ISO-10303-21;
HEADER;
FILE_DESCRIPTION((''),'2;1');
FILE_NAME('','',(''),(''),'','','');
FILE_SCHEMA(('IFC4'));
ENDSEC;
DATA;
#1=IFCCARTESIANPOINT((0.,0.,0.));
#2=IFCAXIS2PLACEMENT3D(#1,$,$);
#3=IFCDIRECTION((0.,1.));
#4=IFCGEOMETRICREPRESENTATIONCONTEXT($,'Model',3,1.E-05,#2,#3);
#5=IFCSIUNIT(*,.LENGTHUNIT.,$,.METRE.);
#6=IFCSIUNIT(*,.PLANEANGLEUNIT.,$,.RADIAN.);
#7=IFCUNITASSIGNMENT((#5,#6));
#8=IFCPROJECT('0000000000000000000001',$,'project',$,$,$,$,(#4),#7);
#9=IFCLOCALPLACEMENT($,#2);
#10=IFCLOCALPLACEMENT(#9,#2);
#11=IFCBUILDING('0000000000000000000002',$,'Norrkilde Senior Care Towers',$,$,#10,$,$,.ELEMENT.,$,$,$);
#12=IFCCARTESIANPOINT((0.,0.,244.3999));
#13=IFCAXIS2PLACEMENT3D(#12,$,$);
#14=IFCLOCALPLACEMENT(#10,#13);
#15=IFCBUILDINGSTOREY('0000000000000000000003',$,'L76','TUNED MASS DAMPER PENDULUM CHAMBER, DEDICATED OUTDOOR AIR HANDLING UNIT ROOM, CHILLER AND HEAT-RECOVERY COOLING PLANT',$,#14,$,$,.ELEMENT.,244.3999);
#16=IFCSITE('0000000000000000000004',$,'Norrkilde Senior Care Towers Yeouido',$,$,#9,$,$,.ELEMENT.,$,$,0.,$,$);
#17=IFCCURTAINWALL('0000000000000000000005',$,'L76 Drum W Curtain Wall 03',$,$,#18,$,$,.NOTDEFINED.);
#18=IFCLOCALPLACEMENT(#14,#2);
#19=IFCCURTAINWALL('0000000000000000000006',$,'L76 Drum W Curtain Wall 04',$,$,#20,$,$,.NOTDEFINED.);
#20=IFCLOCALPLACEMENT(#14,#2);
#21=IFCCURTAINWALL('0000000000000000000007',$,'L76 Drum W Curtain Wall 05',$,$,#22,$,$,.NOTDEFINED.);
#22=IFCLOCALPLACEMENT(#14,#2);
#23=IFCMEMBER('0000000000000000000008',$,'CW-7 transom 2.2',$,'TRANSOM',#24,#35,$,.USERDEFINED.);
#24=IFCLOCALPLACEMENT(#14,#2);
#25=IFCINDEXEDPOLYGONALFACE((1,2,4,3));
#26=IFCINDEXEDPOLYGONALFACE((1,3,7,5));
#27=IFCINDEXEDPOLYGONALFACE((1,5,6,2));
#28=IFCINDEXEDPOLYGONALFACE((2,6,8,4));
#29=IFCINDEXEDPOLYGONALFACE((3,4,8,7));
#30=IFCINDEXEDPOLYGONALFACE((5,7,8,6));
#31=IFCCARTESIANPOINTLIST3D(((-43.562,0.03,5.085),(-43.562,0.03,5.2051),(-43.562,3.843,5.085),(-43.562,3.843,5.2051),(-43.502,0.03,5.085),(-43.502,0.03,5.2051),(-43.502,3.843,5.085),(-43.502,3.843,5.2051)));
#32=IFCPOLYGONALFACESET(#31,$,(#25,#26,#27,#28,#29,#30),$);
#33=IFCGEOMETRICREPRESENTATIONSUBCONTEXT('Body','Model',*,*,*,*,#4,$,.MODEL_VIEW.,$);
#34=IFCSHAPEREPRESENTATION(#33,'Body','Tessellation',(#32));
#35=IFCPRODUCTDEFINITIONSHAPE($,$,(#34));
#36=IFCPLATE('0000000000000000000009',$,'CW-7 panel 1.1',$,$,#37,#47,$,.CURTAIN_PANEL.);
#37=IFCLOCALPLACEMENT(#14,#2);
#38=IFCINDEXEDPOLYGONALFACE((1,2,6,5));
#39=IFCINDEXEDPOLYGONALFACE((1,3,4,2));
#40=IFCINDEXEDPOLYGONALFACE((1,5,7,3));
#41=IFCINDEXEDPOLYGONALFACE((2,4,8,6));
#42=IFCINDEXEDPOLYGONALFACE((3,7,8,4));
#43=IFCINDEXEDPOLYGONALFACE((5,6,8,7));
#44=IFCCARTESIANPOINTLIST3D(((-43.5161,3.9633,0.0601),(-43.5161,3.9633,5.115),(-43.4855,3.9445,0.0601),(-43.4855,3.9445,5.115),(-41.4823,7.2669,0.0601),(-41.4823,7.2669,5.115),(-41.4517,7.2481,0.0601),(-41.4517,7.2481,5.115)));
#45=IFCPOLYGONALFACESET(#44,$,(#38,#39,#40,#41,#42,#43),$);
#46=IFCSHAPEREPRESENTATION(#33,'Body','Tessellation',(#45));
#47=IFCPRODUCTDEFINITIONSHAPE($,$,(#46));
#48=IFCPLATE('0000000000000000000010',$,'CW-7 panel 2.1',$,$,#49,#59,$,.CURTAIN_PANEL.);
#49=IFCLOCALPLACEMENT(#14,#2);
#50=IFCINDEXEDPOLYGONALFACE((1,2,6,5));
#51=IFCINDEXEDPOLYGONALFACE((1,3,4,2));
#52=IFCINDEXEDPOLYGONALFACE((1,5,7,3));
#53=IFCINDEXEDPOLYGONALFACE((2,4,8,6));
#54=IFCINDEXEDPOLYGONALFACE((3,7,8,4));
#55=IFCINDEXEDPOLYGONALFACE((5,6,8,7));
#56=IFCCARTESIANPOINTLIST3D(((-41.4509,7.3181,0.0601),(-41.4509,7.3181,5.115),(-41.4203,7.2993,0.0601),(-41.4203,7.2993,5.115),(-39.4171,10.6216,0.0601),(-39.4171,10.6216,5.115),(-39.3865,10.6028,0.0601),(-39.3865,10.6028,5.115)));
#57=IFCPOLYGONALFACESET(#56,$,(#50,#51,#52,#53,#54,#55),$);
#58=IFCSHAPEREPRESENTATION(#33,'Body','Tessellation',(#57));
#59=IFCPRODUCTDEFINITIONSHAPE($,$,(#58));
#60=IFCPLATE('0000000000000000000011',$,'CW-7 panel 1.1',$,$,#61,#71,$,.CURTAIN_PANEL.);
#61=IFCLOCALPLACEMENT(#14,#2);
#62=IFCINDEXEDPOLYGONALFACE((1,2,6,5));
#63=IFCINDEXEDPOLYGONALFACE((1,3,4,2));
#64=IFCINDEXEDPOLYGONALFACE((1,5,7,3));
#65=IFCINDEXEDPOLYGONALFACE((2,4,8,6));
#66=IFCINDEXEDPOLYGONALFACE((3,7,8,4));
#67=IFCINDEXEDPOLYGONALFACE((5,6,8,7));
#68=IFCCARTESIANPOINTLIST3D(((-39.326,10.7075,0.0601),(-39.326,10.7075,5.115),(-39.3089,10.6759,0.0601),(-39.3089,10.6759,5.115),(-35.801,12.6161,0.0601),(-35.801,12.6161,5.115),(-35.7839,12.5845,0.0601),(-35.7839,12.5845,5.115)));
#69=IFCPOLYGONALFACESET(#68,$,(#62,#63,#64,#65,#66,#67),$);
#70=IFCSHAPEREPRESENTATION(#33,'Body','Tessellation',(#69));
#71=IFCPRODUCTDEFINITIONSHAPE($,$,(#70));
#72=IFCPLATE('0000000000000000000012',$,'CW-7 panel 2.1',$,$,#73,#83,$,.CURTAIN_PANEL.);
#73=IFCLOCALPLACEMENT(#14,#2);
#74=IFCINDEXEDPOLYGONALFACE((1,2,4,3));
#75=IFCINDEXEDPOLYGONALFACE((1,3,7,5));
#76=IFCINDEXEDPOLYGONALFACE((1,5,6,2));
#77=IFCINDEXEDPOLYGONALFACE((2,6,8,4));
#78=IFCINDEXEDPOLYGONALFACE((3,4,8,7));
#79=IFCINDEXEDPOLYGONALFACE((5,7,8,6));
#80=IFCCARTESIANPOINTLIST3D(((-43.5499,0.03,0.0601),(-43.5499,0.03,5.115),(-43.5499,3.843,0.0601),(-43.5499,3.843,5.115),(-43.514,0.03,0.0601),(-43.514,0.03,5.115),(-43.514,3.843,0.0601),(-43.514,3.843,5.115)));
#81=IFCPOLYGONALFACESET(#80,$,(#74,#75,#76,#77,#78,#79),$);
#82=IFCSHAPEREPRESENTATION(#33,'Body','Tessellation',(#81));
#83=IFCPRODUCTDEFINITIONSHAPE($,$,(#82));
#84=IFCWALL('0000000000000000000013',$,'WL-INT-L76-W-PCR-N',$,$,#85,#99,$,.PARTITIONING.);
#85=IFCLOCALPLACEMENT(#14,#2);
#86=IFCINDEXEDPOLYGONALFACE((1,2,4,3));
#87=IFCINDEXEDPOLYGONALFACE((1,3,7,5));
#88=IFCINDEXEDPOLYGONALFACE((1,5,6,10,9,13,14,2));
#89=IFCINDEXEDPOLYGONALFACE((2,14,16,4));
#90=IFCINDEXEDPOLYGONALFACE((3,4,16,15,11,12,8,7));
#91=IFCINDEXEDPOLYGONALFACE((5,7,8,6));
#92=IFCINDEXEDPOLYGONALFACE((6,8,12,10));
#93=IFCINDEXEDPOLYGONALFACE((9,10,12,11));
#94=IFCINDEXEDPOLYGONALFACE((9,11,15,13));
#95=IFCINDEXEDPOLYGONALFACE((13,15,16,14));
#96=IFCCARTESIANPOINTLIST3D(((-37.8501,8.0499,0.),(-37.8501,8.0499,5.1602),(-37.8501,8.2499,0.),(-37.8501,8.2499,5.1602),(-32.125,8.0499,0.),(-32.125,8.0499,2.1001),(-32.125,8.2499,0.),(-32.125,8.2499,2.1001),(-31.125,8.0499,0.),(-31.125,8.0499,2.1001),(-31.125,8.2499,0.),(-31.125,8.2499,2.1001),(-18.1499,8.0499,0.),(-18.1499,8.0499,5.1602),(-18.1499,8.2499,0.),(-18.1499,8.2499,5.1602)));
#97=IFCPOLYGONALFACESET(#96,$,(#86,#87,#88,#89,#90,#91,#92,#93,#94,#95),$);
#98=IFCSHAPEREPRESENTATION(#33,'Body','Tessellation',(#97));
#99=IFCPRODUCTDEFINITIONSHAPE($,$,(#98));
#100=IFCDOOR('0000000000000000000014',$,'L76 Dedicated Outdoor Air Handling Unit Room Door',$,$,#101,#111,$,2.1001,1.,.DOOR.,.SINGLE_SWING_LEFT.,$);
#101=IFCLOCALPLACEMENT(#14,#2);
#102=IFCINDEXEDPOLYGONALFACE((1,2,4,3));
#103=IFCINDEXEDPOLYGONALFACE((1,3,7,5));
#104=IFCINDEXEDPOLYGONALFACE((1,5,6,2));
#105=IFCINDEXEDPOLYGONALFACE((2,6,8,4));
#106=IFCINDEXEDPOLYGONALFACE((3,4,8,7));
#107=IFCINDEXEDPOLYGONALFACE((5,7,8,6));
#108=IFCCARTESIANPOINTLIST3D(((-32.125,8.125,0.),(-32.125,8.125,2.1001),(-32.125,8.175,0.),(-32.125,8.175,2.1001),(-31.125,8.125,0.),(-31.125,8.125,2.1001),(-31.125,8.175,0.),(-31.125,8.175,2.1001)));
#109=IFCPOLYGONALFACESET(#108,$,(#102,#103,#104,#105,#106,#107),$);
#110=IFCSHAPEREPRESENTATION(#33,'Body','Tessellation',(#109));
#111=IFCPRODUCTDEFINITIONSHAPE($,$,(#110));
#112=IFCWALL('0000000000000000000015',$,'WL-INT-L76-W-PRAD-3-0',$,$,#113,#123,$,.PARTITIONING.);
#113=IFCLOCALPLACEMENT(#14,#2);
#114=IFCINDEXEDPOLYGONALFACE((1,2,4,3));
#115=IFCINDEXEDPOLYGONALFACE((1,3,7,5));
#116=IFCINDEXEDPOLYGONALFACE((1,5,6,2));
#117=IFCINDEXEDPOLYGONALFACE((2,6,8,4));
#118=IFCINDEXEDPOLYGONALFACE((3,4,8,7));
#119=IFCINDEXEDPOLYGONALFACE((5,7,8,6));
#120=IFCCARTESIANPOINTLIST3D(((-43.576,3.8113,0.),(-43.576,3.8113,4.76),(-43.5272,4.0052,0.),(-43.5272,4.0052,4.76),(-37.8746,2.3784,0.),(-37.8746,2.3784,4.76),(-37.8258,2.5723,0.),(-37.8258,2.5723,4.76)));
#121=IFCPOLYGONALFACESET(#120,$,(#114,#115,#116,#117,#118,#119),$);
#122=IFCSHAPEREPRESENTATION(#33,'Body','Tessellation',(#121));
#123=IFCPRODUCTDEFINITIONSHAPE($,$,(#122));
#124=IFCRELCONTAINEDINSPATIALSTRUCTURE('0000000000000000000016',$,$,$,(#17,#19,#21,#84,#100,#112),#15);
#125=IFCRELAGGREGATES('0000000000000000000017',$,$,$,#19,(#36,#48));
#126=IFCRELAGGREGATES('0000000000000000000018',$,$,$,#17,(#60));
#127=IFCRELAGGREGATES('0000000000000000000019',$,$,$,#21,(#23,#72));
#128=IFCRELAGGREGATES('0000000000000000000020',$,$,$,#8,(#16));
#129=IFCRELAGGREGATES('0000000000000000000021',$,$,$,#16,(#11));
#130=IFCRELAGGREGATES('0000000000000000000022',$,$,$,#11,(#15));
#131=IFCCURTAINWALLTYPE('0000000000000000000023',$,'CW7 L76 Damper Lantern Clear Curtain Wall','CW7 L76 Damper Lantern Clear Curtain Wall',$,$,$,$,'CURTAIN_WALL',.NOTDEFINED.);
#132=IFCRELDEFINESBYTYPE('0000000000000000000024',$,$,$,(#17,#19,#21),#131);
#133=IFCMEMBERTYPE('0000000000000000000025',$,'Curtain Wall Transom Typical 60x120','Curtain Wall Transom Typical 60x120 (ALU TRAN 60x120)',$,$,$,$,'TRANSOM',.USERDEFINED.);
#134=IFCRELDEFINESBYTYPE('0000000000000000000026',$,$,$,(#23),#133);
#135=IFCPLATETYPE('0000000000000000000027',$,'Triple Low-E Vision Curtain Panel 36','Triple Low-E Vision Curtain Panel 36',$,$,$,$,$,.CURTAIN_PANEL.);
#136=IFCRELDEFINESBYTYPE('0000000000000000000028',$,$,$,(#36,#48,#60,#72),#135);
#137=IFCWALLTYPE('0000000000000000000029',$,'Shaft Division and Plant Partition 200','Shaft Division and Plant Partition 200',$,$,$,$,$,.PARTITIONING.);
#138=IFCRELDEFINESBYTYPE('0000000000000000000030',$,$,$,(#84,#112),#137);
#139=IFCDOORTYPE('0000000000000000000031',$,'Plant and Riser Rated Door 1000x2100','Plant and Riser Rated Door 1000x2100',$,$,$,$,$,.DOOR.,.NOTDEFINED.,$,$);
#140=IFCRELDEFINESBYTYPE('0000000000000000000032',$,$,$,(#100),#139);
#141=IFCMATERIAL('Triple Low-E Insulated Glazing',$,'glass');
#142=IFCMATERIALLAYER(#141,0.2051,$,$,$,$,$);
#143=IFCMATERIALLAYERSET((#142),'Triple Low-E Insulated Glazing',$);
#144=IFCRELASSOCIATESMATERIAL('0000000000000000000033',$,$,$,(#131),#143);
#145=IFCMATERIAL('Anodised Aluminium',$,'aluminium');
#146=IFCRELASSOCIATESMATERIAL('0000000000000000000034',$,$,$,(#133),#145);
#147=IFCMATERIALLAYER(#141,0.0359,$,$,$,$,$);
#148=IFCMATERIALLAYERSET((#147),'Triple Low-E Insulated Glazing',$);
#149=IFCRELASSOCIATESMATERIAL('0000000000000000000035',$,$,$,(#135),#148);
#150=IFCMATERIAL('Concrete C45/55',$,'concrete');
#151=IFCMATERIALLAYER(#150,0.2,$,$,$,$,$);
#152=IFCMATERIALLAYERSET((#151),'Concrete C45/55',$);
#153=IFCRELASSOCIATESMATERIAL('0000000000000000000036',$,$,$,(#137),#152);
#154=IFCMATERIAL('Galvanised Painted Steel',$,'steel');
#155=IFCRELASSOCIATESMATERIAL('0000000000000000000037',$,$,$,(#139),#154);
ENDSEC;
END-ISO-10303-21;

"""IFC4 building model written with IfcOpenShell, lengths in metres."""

from ifc_helpers import new_model, si_unit, direction, frame, frame_2d, origin, origin_2d, place, context, subcontext, project, spatial, rectangle, extrude, source, transform, mapped, material, layer, layer_set, material_profile, profile_set, type_object, type_shapes, element, fill, aggregate, save


model = new_model("IFC4")

# Units and contexts
model_context = context("Model", 3, precision=1e-05, world=origin(), true_north=direction((0.0, 1.0)))
body_context = subcontext(model_context, "Body", "Model", "MODEL_VIEW")
ifc_project = project(units=[si_unit("LENGTHUNIT", "METRE"), si_unit("PLANEANGLEUNIT", "RADIAN")], contexts=[model_context])

# Site, building, storey
site_placement = place(None, origin())
site = spatial("IfcSite", under=ifc_project, at=site_placement, Name="Norrkilde Senior Care Towers Yeouido", CompositionType="ELEMENT", RefElevation=0.0)
building_placement = place(site_placement, origin())
building = spatial("IfcBuilding", under=site, at=building_placement, Name="Norrkilde Senior Care Towers", CompositionType="ELEMENT")
storey_placement = place(building_placement, frame((0.0, 0.0, 244.3999)))
storey = spatial("IfcBuildingStorey", under=building, at=storey_placement, Name="L76", Description="TUNED MASS DAMPER PENDULUM CHAMBER, DEDICATED OUTDOOR AIR HANDLING UNIT ROOM, CHILLER AND HEAT-RECOVERY COOLING PLANT", CompositionType="ELEMENT", Elevation=244.3999)

# Curtain wall
ifc_material_1 = material(Name="Triple Low-E Insulated Glazing", Category="glass")
ifc_layer_1 = layer(ifc_material_1, 0.2051)
ifc_layer_set_1 = layer_set([ifc_layer_1], Name="Triple Low-E Insulated Glazing")
curtain_wall_type = type_object("IfcCurtainWallType", Name="CW7 L76 Damper Lantern Clear Curtain Wall", Description="CW7 L76 Damper Lantern Clear Curtain Wall", ElementType="CURTAIN_WALL", PredefinedType="NOTDEFINED", material=ifc_layer_set_1)
curtain_wall_1_placement = place(storey_placement, origin())
curtain_wall_1 = element("IfcCurtainWall", 1, at=curtain_wall_1_placement, inside=storey, type_object=curtain_wall_type, Name="L76 Drum W Curtain Wall 03", PredefinedType="NOTDEFINED")
ifc_material_2 = material(Name="Anodised Aluminium", Category="aluminium")

# Curtain walls
curtain_wall_2_placement = place(storey_placement, origin())
curtain_wall_2 = element("IfcCurtainWall", 2, at=curtain_wall_2_placement, inside=storey, type_object=curtain_wall_type, Name="L76 Drum W Curtain Wall 04", PredefinedType="NOTDEFINED")
curtain_wall_3_placement = place(storey_placement, origin())
curtain_wall_3 = element("IfcCurtainWall", 3, at=curtain_wall_3_placement, inside=storey, type_object=curtain_wall_type, Name="L76 Drum W Curtain Wall 05", PredefinedType="NOTDEFINED")

# Member
ifc_material_profile_1 = material_profile(ifc_material_2, rectangle(XDim=0.0601, YDim=0.1201, at=origin_2d()), Name="ALU TRAN 60x120")
ifc_profile_set_1 = profile_set([ifc_material_profile_1], Name="Anodised Aluminium")
member_type_1 = type_object("IfcMemberType", Name="Curtain Wall Transom Typical 60x120", Description="Curtain Wall Transom Typical 60x120 (ALU TRAN 60x120)", ElementType="TRANSOM", PredefinedType="USERDEFINED", material=ifc_profile_set_1)
shared_shape_1 = source(origin(), body_context, "Body", "SweptSolid", [
    extrude(rectangle(XDim=0.0601, YDim=0.1201, at=origin_2d()), origin(), (0.0, 0.0, 1.0), 3.813),
])
member_1_placement = place(storey_placement, frame((-43.532, 0.03, 5.145), z_axis=(0.0, 1.0, 0.0), x_axis=(-1.0, 0.0, 0.0)))
member_1 = element("IfcMember", 4, at=member_1_placement, type_object=member_type_1, Name="CW-7 transom 2.2", ObjectType="TRANSOM", PredefinedType="USERDEFINED", context=body_context, shape_type="MappedRepresentation", body=[
    mapped(shared_shape_1, transform((0.0, 0.0, 0.0), x_axis=(1.0, 0.0, 0.0), y_axis=(0.0, 1.0, 0.0), z_axis=(0.0, 0.0, 1.0), scale=1.0)),
])

# Plates
ifc_layer_2 = layer(ifc_material_1, 0.0359)
ifc_layer_set_2 = layer_set([ifc_layer_2], Name="Triple Low-E Insulated Glazing")
plate_type = type_object("IfcPlateType", Name="Triple Low-E Vision Curtain Panel 36", Description="Triple Low-E Vision Curtain Panel 36", PredefinedType="CURTAIN_PANEL", material=ifc_layer_set_2)
shared_shape_2 = source(origin(), body_context, "Body", "SweptSolid", [
    extrude(rectangle(XDim=3.8794, YDim=0.0359, at=origin_2d()), origin(), (0.0, 0.0, 1.0), 5.0549),
])
plate_1_placement = place(storey_placement, frame((-42.4839, 5.6057, 0.0601), z_axis=(0.0, 0.0, 1.0), x_axis=(0.524253, 0.851563, 0.0)))
plate_1 = element("IfcPlate", 5, at=plate_1_placement, type_object=plate_type, Name="CW-7 panel 1.1", PredefinedType="CURTAIN_PANEL", context=body_context, shape_type="MappedRepresentation", body=[
    mapped(shared_shape_2, transform((0.0, 0.0, 0.0), x_axis=(1.0, 0.0, 0.0), y_axis=(0.0, 1.0, 0.0), z_axis=(0.0, 0.0, 1.0), scale=1.0)),
])
plate_2_placement = place(storey_placement, frame((-40.4187, 8.9604, 0.0601), z_axis=(0.0, 0.0, 1.0), x_axis=(0.524253, 0.851563, 0.0)))
plate_2 = element("IfcPlate", 6, at=plate_2_placement, type_object=plate_type, Name="CW-7 panel 2.1", PredefinedType="CURTAIN_PANEL", context=body_context, shape_type="MappedRepresentation", body=[
    mapped(shared_shape_2, transform((0.0, 0.0, 0.0), x_axis=(1.0, 0.0, 0.0), y_axis=(0.0, 1.0, 0.0), z_axis=(0.0, 0.0, 1.0), scale=1.0)),
])
aggregate(curtain_wall_2, [plate_1, plate_2])
shared_shape_3 = source(origin(), body_context, "Body", "SweptSolid", [
    extrude(rectangle(XDim=4.0085, YDim=0.0359, at=origin_2d()), origin(), (0.0, 0.0, 1.0), 5.0549),
])
plate_3_placement = place(storey_placement, frame((-37.5549, 11.646, 0.0601), z_axis=(0.0, 0.0, 1.0), x_axis=(0.879373, 0.476133, 0.0)))
plate_3 = element("IfcPlate", 7, at=plate_3_placement, type_object=plate_type, Name="CW-7 panel 1.1", PredefinedType="CURTAIN_PANEL", context=body_context, shape_type="MappedRepresentation", body=[
    mapped(shared_shape_3, transform((0.0, 0.0, 0.0), x_axis=(1.0, 0.0, 0.0), y_axis=(0.0, 1.0, 0.0), z_axis=(0.0, 0.0, 1.0), scale=1.0)),
])
aggregate(curtain_wall_1, [plate_3])
shared_shape_4 = source(origin(), body_context, "Body", "SweptSolid", [
    extrude(rectangle(XDim=3.813, YDim=0.0359, at=origin_2d()), origin(), (0.0, 0.0, 1.0), 5.0549),
])
type_shapes(plate_type, [shared_shape_2, shared_shape_3, shared_shape_4])
plate_4_placement = place(storey_placement, frame((-43.532, 1.9365, 0.0601), z_axis=(0.0, 0.0, 1.0), x_axis=(0.0, 1.0, 0.0)))
plate_4 = element("IfcPlate", 8, at=plate_4_placement, type_object=plate_type, Name="CW-7 panel 2.1", PredefinedType="CURTAIN_PANEL", context=body_context, shape_type="MappedRepresentation", body=[
    mapped(shared_shape_4, transform((0.0, 0.0, 0.0), x_axis=(1.0, 0.0, 0.0), y_axis=(0.0, 1.0, 0.0), z_axis=(0.0, 0.0, 1.0), scale=1.0)),
])
aggregate(curtain_wall_3, [member_1, plate_4])

# Wall, opening, door
ifc_material_3 = material(Name="Concrete C45/55", Category="concrete")
ifc_layer_3 = layer(ifc_material_3, 0.2)
ifc_layer_set_3 = layer_set([ifc_layer_3], Name="Concrete C45/55")
wall_type = type_object("IfcWallType", Name="Shaft Division and Plant Partition 200", Description="Shaft Division and Plant Partition 200", PredefinedType="PARTITIONING", material=ifc_layer_set_3)
shared_shape_5 = source(origin(), body_context, "Body", "SweptSolid", [
    extrude(rectangle(XDim=19.7002, YDim=0.2, at=frame_2d((9.8501, 0.0))), origin(), (0.0, 0.0, 1.0), 5.1602),
])
wall_1_placement = place(storey_placement, frame((-37.8501, 8.1499, 0.0), z_axis=(0.0, 0.0, 1.0), x_axis=(1.0, 0.0, 0.0)))
wall_1 = element("IfcWall", 9, at=wall_1_placement, inside=storey, type_object=wall_type, Name="WL-INT-L76-W-PCR-N", PredefinedType="PARTITIONING", context=body_context, shape_type="MappedRepresentation", body=[
    mapped(shared_shape_5, transform((0.0, 0.0, 0.0), x_axis=(1.0, 0.0, 0.0), y_axis=(0.0, 1.0, 0.0), z_axis=(0.0, 0.0, 1.0), scale=1.0)),
])
opening_placement = place(wall_1_placement, frame((5.7251, 0.0, 0.0)))
opening = element("IfcOpeningElement", 10, at=opening_placement, cuts=wall_1, PredefinedType="OPENING", context=body_context, shape_type="SweptSolid", body=[
    extrude(rectangle(XDim=1.0, YDim=2.1001, at=frame_2d((0.5, 1.05))), frame((0.0, 0.1099, 0.0), z_axis=(0.0, -1.0, 0.0), x_axis=(1.0, 0.0, 0.0)), (0.0, 0.0, 1.0), 0.22),
])
ifc_material_4 = material(Name="Galvanised Painted Steel", Category="steel")
door_type = type_object("IfcDoorType", Name="Plant and Riser Rated Door 1000x2100", Description="Plant and Riser Rated Door 1000x2100", OperationType="NOTDEFINED", PredefinedType="DOOR", material=ifc_material_4)
shared_shape_6 = source(origin(), body_context, "Body", "SweptSolid", [
    extrude(rectangle(XDim=1.0, YDim=2.1001, at=frame_2d((0.5, 1.05))), frame((0.0, 0.0249, 0.0), z_axis=(0.0, -1.0, 0.0), x_axis=(1.0, 0.0, 0.0)), (0.0, 0.0, 1.0), 0.05),
])
type_shapes(door_type, [shared_shape_6])
door_placement = place(opening_placement, frame((1.0, 0.0, 0.0), z_axis=(0.0, 0.0, 1.0), x_axis=(-1.0, 0.0, 0.0)))
door = element("IfcDoor", 11, at=door_placement, inside=storey, type_object=door_type, Name="L76 Dedicated Outdoor Air Handling Unit Room Door", OperationType="SINGLE_SWING_LEFT", OverallHeight=2.1001, OverallWidth=1.0, PredefinedType="DOOR", context=body_context, shape_type="MappedRepresentation", body=[
    mapped(shared_shape_6, transform((0.0, 0.0, 0.0), x_axis=(1.0, 0.0, 0.0), y_axis=(0.0, 1.0, 0.0), z_axis=(0.0, 0.0, 1.0), scale=1.0)),
])
fill(opening, door)

# Wall
shared_shape_7 = source(origin(), body_context, "Body", "SweptSolid", [
    extrude(rectangle(XDim=5.8787, YDim=0.2, at=frame_2d((2.9395, 0.0))), origin(), (0.0, 0.0, 1.0), 4.76),
])
type_shapes(wall_type, [shared_shape_5, shared_shape_7])
wall_2_placement = place(storey_placement, frame((-37.8501, 2.4753, 0.0), z_axis=(0.0, 0.0, 1.0), x_axis=(-0.969841, 0.243737, 0.0)))
element("IfcWall", 12, at=wall_2_placement, inside=storey, type_object=wall_type, Name="WL-INT-L76-W-PRAD-3-0", PredefinedType="PARTITIONING", context=body_context, shape_type="MappedRepresentation", body=[
    mapped(shared_shape_7, transform((0.0, 0.0, 0.0), x_axis=(1.0, 0.0, 0.0), y_axis=(0.0, 1.0, 0.0), z_axis=(0.0, 0.0, 1.0), scale=1.0)),
])

save(model, "model.ifc")
